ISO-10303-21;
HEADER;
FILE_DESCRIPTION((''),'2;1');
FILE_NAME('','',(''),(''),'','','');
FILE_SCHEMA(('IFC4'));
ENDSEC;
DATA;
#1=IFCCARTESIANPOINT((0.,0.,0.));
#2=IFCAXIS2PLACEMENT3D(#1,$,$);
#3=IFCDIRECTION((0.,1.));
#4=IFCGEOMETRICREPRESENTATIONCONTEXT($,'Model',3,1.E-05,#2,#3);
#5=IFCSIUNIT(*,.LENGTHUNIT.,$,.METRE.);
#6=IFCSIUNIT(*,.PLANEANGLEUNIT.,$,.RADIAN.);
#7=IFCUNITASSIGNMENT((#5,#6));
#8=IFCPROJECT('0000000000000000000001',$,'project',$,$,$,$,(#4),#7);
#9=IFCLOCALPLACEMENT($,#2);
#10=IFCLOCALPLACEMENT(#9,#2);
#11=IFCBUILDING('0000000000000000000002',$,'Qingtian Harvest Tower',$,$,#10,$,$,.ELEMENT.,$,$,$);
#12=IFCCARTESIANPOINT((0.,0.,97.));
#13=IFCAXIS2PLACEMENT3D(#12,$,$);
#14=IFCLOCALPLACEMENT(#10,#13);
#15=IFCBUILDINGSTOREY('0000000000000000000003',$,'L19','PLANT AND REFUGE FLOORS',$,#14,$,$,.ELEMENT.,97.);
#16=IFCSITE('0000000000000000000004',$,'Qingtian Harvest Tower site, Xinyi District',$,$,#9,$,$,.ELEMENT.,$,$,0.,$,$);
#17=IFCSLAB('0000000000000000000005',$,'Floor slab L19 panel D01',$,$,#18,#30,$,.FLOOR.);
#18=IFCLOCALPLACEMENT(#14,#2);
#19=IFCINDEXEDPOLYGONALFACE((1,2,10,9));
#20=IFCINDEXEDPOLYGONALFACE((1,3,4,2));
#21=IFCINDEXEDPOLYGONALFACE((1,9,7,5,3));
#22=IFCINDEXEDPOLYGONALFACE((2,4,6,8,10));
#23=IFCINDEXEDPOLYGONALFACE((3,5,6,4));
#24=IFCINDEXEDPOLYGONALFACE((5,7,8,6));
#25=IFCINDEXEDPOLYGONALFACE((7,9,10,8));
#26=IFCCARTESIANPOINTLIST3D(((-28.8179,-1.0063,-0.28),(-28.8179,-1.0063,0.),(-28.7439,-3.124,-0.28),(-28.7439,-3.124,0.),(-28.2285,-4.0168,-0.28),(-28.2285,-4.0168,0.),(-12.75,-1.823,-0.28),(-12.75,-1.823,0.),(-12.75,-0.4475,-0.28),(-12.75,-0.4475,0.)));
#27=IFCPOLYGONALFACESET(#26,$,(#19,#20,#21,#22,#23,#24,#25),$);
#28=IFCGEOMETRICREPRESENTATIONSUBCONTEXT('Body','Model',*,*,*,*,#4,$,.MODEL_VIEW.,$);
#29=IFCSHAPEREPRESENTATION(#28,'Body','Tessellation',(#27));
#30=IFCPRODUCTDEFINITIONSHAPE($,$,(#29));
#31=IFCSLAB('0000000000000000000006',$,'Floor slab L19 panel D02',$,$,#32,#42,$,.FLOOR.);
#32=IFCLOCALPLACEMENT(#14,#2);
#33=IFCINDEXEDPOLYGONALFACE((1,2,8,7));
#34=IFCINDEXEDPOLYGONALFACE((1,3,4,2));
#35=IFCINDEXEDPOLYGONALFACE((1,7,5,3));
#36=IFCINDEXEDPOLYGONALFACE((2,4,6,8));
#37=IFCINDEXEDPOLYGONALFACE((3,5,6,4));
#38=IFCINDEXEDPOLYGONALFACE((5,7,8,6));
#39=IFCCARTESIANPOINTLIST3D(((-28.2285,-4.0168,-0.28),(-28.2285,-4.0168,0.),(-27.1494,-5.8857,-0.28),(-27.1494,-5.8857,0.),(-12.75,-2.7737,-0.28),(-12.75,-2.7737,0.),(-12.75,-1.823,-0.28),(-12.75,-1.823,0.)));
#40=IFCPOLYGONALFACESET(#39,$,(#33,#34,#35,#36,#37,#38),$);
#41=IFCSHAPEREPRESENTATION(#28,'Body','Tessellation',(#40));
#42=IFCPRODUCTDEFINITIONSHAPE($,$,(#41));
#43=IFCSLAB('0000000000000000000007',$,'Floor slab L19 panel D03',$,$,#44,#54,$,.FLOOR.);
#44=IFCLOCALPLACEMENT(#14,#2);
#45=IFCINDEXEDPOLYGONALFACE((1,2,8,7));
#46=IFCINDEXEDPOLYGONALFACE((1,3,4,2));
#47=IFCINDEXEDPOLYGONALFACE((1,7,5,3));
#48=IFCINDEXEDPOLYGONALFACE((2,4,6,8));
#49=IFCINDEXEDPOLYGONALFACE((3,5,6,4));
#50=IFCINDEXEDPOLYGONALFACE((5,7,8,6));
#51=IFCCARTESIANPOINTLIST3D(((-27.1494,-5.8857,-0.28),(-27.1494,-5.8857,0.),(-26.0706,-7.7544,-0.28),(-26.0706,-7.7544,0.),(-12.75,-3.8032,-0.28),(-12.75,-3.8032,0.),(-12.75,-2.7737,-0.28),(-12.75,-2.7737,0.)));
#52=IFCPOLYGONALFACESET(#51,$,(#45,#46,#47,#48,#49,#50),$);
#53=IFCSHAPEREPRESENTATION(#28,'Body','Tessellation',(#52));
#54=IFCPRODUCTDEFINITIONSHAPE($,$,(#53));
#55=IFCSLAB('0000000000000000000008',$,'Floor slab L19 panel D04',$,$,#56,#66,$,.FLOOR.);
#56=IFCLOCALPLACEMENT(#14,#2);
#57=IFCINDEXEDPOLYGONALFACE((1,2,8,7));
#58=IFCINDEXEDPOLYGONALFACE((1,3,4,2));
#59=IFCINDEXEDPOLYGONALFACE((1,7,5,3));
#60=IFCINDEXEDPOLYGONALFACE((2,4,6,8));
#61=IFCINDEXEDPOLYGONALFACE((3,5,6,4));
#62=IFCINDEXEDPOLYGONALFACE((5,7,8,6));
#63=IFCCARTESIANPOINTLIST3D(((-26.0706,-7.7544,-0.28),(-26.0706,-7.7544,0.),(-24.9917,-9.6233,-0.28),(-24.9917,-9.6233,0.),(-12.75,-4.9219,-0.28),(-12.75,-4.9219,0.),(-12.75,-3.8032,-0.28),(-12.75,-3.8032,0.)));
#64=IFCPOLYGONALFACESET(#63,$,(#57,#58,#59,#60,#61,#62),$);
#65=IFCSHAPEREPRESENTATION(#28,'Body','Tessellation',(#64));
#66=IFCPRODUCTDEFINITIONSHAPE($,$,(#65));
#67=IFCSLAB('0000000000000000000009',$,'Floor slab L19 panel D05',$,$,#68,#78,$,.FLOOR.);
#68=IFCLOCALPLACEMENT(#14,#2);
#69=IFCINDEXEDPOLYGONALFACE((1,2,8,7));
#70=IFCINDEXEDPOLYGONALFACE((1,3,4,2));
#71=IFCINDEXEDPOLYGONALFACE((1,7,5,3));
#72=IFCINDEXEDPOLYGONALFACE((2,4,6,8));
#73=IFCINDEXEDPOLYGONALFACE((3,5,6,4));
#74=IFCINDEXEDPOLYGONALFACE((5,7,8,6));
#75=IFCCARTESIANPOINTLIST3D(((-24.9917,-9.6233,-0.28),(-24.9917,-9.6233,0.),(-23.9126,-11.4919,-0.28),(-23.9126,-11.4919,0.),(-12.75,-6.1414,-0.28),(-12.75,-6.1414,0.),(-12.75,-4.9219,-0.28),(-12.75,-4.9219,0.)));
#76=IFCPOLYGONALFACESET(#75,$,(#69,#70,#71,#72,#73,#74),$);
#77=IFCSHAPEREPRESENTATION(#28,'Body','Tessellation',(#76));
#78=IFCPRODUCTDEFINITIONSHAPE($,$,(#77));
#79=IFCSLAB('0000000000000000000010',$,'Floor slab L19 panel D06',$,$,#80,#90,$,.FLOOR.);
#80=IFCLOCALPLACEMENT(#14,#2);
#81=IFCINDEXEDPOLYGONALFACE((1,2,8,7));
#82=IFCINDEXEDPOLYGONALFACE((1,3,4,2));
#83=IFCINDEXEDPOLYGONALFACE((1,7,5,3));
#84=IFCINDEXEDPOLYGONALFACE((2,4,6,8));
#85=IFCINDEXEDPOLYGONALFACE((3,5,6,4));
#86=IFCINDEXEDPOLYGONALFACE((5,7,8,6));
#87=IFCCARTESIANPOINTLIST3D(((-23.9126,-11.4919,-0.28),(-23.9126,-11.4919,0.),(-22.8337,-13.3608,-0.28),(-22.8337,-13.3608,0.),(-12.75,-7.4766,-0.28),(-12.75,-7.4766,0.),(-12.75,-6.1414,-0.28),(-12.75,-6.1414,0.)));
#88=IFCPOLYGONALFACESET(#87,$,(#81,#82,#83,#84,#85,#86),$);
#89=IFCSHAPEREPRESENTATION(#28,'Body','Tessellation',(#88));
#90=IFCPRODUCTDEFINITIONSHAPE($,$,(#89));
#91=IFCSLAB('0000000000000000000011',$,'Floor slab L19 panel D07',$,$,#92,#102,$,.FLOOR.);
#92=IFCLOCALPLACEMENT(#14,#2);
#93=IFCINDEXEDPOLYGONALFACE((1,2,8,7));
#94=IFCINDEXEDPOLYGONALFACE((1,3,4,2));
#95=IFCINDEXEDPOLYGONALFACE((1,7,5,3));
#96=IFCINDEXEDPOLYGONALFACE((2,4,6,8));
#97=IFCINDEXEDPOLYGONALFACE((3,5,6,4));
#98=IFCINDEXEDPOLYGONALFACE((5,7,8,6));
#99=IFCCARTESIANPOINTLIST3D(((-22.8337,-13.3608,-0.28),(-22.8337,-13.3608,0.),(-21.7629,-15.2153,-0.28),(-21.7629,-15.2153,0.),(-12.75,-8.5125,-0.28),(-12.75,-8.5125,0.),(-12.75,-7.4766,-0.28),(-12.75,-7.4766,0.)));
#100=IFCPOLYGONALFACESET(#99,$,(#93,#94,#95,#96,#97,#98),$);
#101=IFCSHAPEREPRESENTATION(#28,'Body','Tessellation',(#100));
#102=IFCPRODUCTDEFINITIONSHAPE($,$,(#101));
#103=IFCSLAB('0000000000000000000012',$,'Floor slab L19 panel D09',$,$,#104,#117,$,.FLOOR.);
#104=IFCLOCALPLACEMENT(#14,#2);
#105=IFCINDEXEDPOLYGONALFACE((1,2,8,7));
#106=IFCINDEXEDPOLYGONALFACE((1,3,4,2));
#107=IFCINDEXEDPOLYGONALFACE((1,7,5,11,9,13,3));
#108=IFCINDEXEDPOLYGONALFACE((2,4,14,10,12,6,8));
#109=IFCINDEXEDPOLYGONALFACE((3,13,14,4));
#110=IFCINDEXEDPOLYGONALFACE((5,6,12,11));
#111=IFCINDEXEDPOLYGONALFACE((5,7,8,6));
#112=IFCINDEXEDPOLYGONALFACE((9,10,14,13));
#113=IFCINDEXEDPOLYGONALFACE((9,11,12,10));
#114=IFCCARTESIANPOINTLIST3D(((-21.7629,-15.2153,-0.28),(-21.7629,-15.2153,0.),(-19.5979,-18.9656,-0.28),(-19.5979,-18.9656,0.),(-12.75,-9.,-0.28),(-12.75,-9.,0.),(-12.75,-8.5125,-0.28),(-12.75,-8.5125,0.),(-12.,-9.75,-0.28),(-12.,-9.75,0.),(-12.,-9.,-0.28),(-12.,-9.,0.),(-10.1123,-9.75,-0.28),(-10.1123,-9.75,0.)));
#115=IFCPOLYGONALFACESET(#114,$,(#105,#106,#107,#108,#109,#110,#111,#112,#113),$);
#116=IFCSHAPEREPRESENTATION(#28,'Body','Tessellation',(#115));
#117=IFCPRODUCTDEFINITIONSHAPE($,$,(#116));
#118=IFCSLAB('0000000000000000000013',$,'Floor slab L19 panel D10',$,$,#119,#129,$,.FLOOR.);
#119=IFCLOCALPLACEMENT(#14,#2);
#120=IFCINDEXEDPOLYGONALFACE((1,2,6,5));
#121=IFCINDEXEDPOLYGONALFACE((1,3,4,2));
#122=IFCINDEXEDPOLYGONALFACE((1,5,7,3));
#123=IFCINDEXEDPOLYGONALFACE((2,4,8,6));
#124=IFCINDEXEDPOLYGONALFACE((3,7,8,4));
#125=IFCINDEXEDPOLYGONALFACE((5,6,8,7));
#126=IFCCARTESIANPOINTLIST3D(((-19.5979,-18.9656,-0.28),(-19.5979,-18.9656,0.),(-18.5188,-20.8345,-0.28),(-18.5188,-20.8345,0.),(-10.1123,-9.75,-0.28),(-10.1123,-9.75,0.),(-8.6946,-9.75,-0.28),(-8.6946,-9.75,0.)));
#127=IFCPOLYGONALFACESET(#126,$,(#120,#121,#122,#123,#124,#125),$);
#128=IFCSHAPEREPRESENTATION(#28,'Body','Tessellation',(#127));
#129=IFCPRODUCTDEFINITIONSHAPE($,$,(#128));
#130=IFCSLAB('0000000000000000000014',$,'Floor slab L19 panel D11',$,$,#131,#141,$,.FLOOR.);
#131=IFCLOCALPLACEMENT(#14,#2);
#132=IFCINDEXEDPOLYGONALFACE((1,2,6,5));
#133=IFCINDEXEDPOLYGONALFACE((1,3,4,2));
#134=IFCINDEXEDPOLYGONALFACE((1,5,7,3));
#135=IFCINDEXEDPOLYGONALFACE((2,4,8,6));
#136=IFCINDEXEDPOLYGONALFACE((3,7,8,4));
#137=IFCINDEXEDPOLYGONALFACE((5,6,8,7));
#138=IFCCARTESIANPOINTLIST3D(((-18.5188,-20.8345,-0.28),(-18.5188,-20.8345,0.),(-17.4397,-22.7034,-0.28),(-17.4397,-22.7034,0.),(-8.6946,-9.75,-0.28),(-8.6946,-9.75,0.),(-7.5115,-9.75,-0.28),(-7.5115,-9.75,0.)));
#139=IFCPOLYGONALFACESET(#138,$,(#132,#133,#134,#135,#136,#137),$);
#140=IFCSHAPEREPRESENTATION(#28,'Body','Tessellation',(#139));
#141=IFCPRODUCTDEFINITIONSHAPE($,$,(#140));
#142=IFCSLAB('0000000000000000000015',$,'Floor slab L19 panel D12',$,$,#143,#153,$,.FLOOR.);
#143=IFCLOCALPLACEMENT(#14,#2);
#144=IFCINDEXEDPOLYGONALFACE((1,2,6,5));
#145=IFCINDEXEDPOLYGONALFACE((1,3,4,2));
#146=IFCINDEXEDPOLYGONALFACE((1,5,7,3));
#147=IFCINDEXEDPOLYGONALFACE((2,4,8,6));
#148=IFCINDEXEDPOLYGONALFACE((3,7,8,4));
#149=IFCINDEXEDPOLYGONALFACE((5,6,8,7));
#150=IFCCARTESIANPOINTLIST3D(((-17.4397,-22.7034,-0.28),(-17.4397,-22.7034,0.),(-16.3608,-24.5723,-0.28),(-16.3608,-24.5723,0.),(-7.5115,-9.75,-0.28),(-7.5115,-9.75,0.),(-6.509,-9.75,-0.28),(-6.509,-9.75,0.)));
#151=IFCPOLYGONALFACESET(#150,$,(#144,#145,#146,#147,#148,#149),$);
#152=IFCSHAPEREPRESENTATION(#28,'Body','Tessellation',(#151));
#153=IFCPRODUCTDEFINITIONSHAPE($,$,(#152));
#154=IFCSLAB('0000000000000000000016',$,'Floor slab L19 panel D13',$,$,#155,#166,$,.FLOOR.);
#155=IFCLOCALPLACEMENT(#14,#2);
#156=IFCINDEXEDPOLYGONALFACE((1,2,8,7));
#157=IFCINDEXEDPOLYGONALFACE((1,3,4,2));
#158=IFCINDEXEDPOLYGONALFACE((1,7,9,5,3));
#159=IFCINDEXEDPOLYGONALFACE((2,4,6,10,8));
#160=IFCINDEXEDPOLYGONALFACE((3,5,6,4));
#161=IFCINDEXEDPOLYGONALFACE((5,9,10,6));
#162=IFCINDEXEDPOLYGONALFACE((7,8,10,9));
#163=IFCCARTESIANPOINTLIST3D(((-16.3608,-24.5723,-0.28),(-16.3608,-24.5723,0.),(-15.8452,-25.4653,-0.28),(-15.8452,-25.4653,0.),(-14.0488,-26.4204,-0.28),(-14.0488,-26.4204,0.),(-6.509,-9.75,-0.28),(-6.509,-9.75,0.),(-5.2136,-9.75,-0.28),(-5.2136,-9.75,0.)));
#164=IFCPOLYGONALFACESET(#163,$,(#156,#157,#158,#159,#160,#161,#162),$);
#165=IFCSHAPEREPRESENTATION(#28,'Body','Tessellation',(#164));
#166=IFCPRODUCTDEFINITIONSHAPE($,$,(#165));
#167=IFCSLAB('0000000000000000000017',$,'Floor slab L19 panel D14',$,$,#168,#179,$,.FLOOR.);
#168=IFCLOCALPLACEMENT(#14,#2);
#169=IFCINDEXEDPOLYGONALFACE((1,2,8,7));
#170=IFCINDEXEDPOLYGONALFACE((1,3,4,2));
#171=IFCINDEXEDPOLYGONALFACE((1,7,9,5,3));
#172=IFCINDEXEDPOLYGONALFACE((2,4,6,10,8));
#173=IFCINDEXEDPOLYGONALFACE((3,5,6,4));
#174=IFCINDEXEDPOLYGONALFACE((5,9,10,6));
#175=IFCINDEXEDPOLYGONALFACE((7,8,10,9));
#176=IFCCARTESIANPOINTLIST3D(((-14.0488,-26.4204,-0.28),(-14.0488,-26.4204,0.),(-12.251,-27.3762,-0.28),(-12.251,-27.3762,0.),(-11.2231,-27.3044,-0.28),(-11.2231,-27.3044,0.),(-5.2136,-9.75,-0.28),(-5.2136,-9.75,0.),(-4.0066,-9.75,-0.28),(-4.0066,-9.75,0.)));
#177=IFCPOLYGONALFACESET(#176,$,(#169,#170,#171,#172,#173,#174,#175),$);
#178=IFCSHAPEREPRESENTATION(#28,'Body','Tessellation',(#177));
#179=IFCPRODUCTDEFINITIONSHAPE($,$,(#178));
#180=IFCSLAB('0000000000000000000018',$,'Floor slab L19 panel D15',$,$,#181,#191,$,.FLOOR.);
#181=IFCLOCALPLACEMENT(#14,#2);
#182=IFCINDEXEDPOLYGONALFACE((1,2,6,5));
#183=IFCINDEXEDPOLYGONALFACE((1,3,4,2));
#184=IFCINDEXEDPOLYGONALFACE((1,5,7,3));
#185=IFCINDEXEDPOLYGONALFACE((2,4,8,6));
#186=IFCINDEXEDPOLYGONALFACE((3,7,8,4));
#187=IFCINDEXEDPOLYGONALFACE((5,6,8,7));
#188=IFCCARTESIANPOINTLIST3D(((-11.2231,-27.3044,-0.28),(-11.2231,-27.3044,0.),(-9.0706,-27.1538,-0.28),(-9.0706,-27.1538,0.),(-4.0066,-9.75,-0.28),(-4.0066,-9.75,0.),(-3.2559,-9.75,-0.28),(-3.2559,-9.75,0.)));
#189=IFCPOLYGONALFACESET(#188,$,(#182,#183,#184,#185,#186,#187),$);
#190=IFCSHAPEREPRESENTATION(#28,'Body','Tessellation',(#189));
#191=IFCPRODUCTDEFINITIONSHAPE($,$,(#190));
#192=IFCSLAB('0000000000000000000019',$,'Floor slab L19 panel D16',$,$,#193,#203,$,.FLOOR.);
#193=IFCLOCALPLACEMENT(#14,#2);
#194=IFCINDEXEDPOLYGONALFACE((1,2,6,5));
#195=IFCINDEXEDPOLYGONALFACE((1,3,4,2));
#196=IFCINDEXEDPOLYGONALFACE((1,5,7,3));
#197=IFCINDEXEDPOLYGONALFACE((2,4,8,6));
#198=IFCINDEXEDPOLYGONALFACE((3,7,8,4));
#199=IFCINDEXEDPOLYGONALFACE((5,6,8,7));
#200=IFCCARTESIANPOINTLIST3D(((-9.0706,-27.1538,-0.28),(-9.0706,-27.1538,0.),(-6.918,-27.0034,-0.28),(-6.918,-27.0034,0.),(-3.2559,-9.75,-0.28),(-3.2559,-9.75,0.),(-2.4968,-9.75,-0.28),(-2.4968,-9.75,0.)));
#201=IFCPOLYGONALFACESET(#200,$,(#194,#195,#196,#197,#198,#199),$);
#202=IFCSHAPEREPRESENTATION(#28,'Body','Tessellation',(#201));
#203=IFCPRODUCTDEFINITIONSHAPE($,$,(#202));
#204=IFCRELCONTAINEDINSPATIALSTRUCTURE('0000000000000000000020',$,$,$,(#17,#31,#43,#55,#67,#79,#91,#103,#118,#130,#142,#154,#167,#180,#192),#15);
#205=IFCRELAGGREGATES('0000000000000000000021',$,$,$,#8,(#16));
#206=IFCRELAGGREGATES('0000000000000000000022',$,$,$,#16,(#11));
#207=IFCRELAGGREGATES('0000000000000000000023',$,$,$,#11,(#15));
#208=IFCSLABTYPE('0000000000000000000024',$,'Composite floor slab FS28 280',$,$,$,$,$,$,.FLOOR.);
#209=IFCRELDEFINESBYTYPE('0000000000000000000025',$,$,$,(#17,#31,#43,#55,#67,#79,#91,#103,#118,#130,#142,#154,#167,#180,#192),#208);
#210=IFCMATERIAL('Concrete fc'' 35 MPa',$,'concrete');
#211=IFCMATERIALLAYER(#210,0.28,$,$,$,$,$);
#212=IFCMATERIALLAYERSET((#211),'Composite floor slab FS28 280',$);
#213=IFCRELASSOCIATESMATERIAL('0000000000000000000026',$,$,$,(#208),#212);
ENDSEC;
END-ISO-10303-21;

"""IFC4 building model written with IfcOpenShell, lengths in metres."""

from ifc_helpers import new_model, si_unit, direction, frame, origin, place, context, subcontext, project, spatial, polyline, outline, extrude, material, layer, layer_set, type_object, element, save


model = new_model("IFC4")

# Units and contexts
model_context = context("Model", 3, precision=1e-05, world=origin(), true_north=direction((0.0, 1.0)))
body_context = subcontext(model_context, "Body", "Model", "MODEL_VIEW")
ifc_project = project(units=[si_unit("LENGTHUNIT", "METRE"), si_unit("PLANEANGLEUNIT", "RADIAN")], contexts=[model_context])

# Site, building, storey
site_placement = place(None, origin())
site = spatial("IfcSite", under=ifc_project, at=site_placement, Name="Qingtian Harvest Tower site, Xinyi District", CompositionType="ELEMENT", RefElevation=0.0)
building_placement = place(site_placement, origin())
building = spatial("IfcBuilding", under=site, at=building_placement, Name="Qingtian Harvest Tower", CompositionType="ELEMENT")
storey_placement = place(building_placement, frame((0.0, 0.0, 97.0)))
storey = spatial("IfcBuildingStorey", under=building, at=storey_placement, Name="L19", Description="PLANT AND REFUGE FLOORS", CompositionType="ELEMENT", Elevation=97.0)

# Slabs
ifc_material_1 = material(Name="Concrete fc' 35 MPa", Category="concrete")
ifc_layer_1 = layer(ifc_material_1, 0.28)
ifc_layer_set_1 = layer_set([ifc_layer_1], Name="Composite floor slab FS28 280")
slab_type_1 = type_object("IfcSlabType", Name="Composite floor slab FS28 280", PredefinedType="FLOOR", material=ifc_layer_set_1)
slab_1_placement = place(storey_placement, frame((0.0, 0.0, -0.28)))
element("IfcSlab", 1, at=slab_1_placement, inside=storey, type_object=slab_type_1, Name="Floor slab L19 panel D01", PredefinedType="FLOOR", context=body_context, shape_type="SweptSolid", body=[
    extrude(outline(polyline([(-28.8179, -1.0063), (-12.75, -0.4475), (-12.75, -1.823), (-28.2285, -4.0168), (-28.7439, -3.124), (-28.8179, -1.0063)])), origin(), (0.0, 0.0, 1.0), 0.28),
])
slab_2_placement = place(storey_placement, frame((0.0, 0.0, -0.28)))
element("IfcSlab", 2, at=slab_2_placement, inside=storey, type_object=slab_type_1, Name="Floor slab L19 panel D02", PredefinedType="FLOOR", context=body_context, shape_type="SweptSolid", body=[
    extrude(outline(polyline([(-12.75, -2.7737), (-27.1494, -5.8857), (-28.2285, -4.0168), (-12.75, -1.823), (-12.75, -2.7737)])), origin(), (0.0, 0.0, 1.0), 0.28),
])
slab_3_placement = place(storey_placement, frame((0.0, 0.0, -0.28)))
element("IfcSlab", 3, at=slab_3_placement, inside=storey, type_object=slab_type_1, Name="Floor slab L19 panel D03", PredefinedType="FLOOR", context=body_context, shape_type="SweptSolid", body=[
    extrude(outline(polyline([(-12.75, -3.8032), (-26.0706, -7.7544), (-27.1494, -5.8857), (-12.75, -2.7737), (-12.75, -3.8032)])), origin(), (0.0, 0.0, 1.0), 0.28),
])
slab_4_placement = place(storey_placement, frame((0.0, 0.0, -0.28)))
element("IfcSlab", 4, at=slab_4_placement, inside=storey, type_object=slab_type_1, Name="Floor slab L19 panel D04", PredefinedType="FLOOR", context=body_context, shape_type="SweptSolid", body=[
    extrude(outline(polyline([(-12.75, -4.9219), (-24.9917, -9.6233), (-26.0706, -7.7544), (-12.75, -3.8032), (-12.75, -4.9219)])), origin(), (0.0, 0.0, 1.0), 0.28),
])
slab_5_placement = place(storey_placement, frame((0.0, 0.0, -0.28)))
element("IfcSlab", 5, at=slab_5_placement, inside=storey, type_object=slab_type_1, Name="Floor slab L19 panel D05", PredefinedType="FLOOR", context=body_context, shape_type="SweptSolid", body=[
    extrude(outline(polyline([(-12.75, -6.1414), (-23.9126, -11.4919), (-24.9917, -9.6233), (-12.75, -4.9219), (-12.75, -6.1414)])), origin(), (0.0, 0.0, 1.0), 0.28),
])
slab_6_placement = place(storey_placement, frame((0.0, 0.0, -0.28)))
element("IfcSlab", 6, at=slab_6_placement, inside=storey, type_object=slab_type_1, Name="Floor slab L19 panel D06", PredefinedType="FLOOR", context=body_context, shape_type="SweptSolid", body=[
    extrude(outline(polyline([(-12.75, -7.4766), (-22.8337, -13.3608), (-23.9126, -11.4919), (-12.75, -6.1414), (-12.75, -7.4766)])), origin(), (0.0, 0.0, 1.0), 0.28),
])
slab_7_placement = place(storey_placement, frame((0.0, 0.0, -0.28)))
element("IfcSlab", 7, at=slab_7_placement, inside=storey, type_object=slab_type_1, Name="Floor slab L19 panel D07", PredefinedType="FLOOR", context=body_context, shape_type="SweptSolid", body=[
    extrude(outline(polyline([(-12.75, -8.5125), (-21.7629, -15.2153), (-22.8337, -13.3608), (-12.75, -7.4766), (-12.75, -8.5125)])), origin(), (0.0, 0.0, 1.0), 0.28),
])
slab_8_placement = place(storey_placement, frame((0.0, 0.0, -0.28)))
element("IfcSlab", 8, at=slab_8_placement, inside=storey, type_object=slab_type_1, Name="Floor slab L19 panel D09", PredefinedType="FLOOR", context=body_context, shape_type="SweptSolid", body=[
    extrude(outline(polyline([(-19.5979, -18.9656), (-21.7629, -15.2153), (-12.75, -8.5125), (-12.75, -9.0), (-12.0, -9.0), (-12.0, -9.75), (-10.1123, -9.75), (-19.5979, -18.9656)])), origin(), (0.0, 0.0, 1.0), 0.28),
])
slab_9_placement = place(storey_placement, frame((0.0, 0.0, -0.28)))
element("IfcSlab", 9, at=slab_9_placement, inside=storey, type_object=slab_type_1, Name="Floor slab L19 panel D10", PredefinedType="FLOOR", context=body_context, shape_type="SweptSolid", body=[
    extrude(outline(polyline([(-8.6946, -9.75), (-18.5188, -20.8345), (-19.5979, -18.9656), (-10.1123, -9.75), (-8.6946, -9.75)])), origin(), (0.0, 0.0, 1.0), 0.28),
])
slab_10_placement = place(storey_placement, frame((0.0, 0.0, -0.28)))
element("IfcSlab", 10, at=slab_10_placement, inside=storey, type_object=slab_type_1, Name="Floor slab L19 panel D11", PredefinedType="FLOOR", context=body_context, shape_type="SweptSolid", body=[
    extrude(outline(polyline([(-7.5115, -9.75), (-17.4397, -22.7034), (-18.5188, -20.8345), (-8.6946, -9.75), (-7.5115, -9.75)])), origin(), (0.0, 0.0, 1.0), 0.28),
])
slab_11_placement = place(storey_placement, frame((0.0, 0.0, -0.28)))
element("IfcSlab", 11, at=slab_11_placement, inside=storey, type_object=slab_type_1, Name="Floor slab L19 panel D12", PredefinedType="FLOOR", context=body_context, shape_type="SweptSolid", body=[
    extrude(outline(polyline([(-6.509, -9.75), (-16.3608, -24.5723), (-17.4397, -22.7034), (-7.5115, -9.75), (-6.509, -9.75)])), origin(), (0.0, 0.0, 1.0), 0.28),
])
slab_12_placement = place(storey_placement, frame((0.0, 0.0, -0.28)))
element("IfcSlab", 12, at=slab_12_placement, inside=storey, type_object=slab_type_1, Name="Floor slab L19 panel D13", PredefinedType="FLOOR", context=body_context, shape_type="SweptSolid", body=[
    extrude(outline(polyline([(-6.509, -9.75), (-5.2136, -9.75), (-14.0488, -26.4204), (-15.8452, -25.4653), (-16.3608, -24.5723), (-6.509, -9.75)])), origin(), (0.0, 0.0, 1.0), 0.28),
])
slab_13_placement = place(storey_placement, frame((0.0, 0.0, -0.28)))
element("IfcSlab", 13, at=slab_13_placement, inside=storey, type_object=slab_type_1, Name="Floor slab L19 panel D14", PredefinedType="FLOOR", context=body_context, shape_type="SweptSolid", body=[
    extrude(outline(polyline([(-5.2136, -9.75), (-4.0066, -9.75), (-11.2231, -27.3044), (-12.251, -27.3762), (-14.0488, -26.4204), (-5.2136, -9.75)])), origin(), (0.0, 0.0, 1.0), 0.28),
])
slab_14_placement = place(storey_placement, frame((0.0, 0.0, -0.28)))
element("IfcSlab", 14, at=slab_14_placement, inside=storey, type_object=slab_type_1, Name="Floor slab L19 panel D15", PredefinedType="FLOOR", context=body_context, shape_type="SweptSolid", body=[
    extrude(outline(polyline([(-3.2559, -9.75), (-9.0706, -27.1538), (-11.2231, -27.3044), (-4.0066, -9.75), (-3.2559, -9.75)])), origin(), (0.0, 0.0, 1.0), 0.28),
])
slab_15_placement = place(storey_placement, frame((0.0, 0.0, -0.28)))
element("IfcSlab", 15, at=slab_15_placement, inside=storey, type_object=slab_type_1, Name="Floor slab L19 panel D16", PredefinedType="FLOOR", context=body_context, shape_type="SweptSolid", body=[
    extrude(outline(polyline([(-2.4968, -9.75), (-6.918, -27.0034), (-9.0706, -27.1538), (-3.2559, -9.75), (-2.4968, -9.75)])), origin(), (0.0, 0.0, 1.0), 0.28),
])

save(model, "model.ifc")
